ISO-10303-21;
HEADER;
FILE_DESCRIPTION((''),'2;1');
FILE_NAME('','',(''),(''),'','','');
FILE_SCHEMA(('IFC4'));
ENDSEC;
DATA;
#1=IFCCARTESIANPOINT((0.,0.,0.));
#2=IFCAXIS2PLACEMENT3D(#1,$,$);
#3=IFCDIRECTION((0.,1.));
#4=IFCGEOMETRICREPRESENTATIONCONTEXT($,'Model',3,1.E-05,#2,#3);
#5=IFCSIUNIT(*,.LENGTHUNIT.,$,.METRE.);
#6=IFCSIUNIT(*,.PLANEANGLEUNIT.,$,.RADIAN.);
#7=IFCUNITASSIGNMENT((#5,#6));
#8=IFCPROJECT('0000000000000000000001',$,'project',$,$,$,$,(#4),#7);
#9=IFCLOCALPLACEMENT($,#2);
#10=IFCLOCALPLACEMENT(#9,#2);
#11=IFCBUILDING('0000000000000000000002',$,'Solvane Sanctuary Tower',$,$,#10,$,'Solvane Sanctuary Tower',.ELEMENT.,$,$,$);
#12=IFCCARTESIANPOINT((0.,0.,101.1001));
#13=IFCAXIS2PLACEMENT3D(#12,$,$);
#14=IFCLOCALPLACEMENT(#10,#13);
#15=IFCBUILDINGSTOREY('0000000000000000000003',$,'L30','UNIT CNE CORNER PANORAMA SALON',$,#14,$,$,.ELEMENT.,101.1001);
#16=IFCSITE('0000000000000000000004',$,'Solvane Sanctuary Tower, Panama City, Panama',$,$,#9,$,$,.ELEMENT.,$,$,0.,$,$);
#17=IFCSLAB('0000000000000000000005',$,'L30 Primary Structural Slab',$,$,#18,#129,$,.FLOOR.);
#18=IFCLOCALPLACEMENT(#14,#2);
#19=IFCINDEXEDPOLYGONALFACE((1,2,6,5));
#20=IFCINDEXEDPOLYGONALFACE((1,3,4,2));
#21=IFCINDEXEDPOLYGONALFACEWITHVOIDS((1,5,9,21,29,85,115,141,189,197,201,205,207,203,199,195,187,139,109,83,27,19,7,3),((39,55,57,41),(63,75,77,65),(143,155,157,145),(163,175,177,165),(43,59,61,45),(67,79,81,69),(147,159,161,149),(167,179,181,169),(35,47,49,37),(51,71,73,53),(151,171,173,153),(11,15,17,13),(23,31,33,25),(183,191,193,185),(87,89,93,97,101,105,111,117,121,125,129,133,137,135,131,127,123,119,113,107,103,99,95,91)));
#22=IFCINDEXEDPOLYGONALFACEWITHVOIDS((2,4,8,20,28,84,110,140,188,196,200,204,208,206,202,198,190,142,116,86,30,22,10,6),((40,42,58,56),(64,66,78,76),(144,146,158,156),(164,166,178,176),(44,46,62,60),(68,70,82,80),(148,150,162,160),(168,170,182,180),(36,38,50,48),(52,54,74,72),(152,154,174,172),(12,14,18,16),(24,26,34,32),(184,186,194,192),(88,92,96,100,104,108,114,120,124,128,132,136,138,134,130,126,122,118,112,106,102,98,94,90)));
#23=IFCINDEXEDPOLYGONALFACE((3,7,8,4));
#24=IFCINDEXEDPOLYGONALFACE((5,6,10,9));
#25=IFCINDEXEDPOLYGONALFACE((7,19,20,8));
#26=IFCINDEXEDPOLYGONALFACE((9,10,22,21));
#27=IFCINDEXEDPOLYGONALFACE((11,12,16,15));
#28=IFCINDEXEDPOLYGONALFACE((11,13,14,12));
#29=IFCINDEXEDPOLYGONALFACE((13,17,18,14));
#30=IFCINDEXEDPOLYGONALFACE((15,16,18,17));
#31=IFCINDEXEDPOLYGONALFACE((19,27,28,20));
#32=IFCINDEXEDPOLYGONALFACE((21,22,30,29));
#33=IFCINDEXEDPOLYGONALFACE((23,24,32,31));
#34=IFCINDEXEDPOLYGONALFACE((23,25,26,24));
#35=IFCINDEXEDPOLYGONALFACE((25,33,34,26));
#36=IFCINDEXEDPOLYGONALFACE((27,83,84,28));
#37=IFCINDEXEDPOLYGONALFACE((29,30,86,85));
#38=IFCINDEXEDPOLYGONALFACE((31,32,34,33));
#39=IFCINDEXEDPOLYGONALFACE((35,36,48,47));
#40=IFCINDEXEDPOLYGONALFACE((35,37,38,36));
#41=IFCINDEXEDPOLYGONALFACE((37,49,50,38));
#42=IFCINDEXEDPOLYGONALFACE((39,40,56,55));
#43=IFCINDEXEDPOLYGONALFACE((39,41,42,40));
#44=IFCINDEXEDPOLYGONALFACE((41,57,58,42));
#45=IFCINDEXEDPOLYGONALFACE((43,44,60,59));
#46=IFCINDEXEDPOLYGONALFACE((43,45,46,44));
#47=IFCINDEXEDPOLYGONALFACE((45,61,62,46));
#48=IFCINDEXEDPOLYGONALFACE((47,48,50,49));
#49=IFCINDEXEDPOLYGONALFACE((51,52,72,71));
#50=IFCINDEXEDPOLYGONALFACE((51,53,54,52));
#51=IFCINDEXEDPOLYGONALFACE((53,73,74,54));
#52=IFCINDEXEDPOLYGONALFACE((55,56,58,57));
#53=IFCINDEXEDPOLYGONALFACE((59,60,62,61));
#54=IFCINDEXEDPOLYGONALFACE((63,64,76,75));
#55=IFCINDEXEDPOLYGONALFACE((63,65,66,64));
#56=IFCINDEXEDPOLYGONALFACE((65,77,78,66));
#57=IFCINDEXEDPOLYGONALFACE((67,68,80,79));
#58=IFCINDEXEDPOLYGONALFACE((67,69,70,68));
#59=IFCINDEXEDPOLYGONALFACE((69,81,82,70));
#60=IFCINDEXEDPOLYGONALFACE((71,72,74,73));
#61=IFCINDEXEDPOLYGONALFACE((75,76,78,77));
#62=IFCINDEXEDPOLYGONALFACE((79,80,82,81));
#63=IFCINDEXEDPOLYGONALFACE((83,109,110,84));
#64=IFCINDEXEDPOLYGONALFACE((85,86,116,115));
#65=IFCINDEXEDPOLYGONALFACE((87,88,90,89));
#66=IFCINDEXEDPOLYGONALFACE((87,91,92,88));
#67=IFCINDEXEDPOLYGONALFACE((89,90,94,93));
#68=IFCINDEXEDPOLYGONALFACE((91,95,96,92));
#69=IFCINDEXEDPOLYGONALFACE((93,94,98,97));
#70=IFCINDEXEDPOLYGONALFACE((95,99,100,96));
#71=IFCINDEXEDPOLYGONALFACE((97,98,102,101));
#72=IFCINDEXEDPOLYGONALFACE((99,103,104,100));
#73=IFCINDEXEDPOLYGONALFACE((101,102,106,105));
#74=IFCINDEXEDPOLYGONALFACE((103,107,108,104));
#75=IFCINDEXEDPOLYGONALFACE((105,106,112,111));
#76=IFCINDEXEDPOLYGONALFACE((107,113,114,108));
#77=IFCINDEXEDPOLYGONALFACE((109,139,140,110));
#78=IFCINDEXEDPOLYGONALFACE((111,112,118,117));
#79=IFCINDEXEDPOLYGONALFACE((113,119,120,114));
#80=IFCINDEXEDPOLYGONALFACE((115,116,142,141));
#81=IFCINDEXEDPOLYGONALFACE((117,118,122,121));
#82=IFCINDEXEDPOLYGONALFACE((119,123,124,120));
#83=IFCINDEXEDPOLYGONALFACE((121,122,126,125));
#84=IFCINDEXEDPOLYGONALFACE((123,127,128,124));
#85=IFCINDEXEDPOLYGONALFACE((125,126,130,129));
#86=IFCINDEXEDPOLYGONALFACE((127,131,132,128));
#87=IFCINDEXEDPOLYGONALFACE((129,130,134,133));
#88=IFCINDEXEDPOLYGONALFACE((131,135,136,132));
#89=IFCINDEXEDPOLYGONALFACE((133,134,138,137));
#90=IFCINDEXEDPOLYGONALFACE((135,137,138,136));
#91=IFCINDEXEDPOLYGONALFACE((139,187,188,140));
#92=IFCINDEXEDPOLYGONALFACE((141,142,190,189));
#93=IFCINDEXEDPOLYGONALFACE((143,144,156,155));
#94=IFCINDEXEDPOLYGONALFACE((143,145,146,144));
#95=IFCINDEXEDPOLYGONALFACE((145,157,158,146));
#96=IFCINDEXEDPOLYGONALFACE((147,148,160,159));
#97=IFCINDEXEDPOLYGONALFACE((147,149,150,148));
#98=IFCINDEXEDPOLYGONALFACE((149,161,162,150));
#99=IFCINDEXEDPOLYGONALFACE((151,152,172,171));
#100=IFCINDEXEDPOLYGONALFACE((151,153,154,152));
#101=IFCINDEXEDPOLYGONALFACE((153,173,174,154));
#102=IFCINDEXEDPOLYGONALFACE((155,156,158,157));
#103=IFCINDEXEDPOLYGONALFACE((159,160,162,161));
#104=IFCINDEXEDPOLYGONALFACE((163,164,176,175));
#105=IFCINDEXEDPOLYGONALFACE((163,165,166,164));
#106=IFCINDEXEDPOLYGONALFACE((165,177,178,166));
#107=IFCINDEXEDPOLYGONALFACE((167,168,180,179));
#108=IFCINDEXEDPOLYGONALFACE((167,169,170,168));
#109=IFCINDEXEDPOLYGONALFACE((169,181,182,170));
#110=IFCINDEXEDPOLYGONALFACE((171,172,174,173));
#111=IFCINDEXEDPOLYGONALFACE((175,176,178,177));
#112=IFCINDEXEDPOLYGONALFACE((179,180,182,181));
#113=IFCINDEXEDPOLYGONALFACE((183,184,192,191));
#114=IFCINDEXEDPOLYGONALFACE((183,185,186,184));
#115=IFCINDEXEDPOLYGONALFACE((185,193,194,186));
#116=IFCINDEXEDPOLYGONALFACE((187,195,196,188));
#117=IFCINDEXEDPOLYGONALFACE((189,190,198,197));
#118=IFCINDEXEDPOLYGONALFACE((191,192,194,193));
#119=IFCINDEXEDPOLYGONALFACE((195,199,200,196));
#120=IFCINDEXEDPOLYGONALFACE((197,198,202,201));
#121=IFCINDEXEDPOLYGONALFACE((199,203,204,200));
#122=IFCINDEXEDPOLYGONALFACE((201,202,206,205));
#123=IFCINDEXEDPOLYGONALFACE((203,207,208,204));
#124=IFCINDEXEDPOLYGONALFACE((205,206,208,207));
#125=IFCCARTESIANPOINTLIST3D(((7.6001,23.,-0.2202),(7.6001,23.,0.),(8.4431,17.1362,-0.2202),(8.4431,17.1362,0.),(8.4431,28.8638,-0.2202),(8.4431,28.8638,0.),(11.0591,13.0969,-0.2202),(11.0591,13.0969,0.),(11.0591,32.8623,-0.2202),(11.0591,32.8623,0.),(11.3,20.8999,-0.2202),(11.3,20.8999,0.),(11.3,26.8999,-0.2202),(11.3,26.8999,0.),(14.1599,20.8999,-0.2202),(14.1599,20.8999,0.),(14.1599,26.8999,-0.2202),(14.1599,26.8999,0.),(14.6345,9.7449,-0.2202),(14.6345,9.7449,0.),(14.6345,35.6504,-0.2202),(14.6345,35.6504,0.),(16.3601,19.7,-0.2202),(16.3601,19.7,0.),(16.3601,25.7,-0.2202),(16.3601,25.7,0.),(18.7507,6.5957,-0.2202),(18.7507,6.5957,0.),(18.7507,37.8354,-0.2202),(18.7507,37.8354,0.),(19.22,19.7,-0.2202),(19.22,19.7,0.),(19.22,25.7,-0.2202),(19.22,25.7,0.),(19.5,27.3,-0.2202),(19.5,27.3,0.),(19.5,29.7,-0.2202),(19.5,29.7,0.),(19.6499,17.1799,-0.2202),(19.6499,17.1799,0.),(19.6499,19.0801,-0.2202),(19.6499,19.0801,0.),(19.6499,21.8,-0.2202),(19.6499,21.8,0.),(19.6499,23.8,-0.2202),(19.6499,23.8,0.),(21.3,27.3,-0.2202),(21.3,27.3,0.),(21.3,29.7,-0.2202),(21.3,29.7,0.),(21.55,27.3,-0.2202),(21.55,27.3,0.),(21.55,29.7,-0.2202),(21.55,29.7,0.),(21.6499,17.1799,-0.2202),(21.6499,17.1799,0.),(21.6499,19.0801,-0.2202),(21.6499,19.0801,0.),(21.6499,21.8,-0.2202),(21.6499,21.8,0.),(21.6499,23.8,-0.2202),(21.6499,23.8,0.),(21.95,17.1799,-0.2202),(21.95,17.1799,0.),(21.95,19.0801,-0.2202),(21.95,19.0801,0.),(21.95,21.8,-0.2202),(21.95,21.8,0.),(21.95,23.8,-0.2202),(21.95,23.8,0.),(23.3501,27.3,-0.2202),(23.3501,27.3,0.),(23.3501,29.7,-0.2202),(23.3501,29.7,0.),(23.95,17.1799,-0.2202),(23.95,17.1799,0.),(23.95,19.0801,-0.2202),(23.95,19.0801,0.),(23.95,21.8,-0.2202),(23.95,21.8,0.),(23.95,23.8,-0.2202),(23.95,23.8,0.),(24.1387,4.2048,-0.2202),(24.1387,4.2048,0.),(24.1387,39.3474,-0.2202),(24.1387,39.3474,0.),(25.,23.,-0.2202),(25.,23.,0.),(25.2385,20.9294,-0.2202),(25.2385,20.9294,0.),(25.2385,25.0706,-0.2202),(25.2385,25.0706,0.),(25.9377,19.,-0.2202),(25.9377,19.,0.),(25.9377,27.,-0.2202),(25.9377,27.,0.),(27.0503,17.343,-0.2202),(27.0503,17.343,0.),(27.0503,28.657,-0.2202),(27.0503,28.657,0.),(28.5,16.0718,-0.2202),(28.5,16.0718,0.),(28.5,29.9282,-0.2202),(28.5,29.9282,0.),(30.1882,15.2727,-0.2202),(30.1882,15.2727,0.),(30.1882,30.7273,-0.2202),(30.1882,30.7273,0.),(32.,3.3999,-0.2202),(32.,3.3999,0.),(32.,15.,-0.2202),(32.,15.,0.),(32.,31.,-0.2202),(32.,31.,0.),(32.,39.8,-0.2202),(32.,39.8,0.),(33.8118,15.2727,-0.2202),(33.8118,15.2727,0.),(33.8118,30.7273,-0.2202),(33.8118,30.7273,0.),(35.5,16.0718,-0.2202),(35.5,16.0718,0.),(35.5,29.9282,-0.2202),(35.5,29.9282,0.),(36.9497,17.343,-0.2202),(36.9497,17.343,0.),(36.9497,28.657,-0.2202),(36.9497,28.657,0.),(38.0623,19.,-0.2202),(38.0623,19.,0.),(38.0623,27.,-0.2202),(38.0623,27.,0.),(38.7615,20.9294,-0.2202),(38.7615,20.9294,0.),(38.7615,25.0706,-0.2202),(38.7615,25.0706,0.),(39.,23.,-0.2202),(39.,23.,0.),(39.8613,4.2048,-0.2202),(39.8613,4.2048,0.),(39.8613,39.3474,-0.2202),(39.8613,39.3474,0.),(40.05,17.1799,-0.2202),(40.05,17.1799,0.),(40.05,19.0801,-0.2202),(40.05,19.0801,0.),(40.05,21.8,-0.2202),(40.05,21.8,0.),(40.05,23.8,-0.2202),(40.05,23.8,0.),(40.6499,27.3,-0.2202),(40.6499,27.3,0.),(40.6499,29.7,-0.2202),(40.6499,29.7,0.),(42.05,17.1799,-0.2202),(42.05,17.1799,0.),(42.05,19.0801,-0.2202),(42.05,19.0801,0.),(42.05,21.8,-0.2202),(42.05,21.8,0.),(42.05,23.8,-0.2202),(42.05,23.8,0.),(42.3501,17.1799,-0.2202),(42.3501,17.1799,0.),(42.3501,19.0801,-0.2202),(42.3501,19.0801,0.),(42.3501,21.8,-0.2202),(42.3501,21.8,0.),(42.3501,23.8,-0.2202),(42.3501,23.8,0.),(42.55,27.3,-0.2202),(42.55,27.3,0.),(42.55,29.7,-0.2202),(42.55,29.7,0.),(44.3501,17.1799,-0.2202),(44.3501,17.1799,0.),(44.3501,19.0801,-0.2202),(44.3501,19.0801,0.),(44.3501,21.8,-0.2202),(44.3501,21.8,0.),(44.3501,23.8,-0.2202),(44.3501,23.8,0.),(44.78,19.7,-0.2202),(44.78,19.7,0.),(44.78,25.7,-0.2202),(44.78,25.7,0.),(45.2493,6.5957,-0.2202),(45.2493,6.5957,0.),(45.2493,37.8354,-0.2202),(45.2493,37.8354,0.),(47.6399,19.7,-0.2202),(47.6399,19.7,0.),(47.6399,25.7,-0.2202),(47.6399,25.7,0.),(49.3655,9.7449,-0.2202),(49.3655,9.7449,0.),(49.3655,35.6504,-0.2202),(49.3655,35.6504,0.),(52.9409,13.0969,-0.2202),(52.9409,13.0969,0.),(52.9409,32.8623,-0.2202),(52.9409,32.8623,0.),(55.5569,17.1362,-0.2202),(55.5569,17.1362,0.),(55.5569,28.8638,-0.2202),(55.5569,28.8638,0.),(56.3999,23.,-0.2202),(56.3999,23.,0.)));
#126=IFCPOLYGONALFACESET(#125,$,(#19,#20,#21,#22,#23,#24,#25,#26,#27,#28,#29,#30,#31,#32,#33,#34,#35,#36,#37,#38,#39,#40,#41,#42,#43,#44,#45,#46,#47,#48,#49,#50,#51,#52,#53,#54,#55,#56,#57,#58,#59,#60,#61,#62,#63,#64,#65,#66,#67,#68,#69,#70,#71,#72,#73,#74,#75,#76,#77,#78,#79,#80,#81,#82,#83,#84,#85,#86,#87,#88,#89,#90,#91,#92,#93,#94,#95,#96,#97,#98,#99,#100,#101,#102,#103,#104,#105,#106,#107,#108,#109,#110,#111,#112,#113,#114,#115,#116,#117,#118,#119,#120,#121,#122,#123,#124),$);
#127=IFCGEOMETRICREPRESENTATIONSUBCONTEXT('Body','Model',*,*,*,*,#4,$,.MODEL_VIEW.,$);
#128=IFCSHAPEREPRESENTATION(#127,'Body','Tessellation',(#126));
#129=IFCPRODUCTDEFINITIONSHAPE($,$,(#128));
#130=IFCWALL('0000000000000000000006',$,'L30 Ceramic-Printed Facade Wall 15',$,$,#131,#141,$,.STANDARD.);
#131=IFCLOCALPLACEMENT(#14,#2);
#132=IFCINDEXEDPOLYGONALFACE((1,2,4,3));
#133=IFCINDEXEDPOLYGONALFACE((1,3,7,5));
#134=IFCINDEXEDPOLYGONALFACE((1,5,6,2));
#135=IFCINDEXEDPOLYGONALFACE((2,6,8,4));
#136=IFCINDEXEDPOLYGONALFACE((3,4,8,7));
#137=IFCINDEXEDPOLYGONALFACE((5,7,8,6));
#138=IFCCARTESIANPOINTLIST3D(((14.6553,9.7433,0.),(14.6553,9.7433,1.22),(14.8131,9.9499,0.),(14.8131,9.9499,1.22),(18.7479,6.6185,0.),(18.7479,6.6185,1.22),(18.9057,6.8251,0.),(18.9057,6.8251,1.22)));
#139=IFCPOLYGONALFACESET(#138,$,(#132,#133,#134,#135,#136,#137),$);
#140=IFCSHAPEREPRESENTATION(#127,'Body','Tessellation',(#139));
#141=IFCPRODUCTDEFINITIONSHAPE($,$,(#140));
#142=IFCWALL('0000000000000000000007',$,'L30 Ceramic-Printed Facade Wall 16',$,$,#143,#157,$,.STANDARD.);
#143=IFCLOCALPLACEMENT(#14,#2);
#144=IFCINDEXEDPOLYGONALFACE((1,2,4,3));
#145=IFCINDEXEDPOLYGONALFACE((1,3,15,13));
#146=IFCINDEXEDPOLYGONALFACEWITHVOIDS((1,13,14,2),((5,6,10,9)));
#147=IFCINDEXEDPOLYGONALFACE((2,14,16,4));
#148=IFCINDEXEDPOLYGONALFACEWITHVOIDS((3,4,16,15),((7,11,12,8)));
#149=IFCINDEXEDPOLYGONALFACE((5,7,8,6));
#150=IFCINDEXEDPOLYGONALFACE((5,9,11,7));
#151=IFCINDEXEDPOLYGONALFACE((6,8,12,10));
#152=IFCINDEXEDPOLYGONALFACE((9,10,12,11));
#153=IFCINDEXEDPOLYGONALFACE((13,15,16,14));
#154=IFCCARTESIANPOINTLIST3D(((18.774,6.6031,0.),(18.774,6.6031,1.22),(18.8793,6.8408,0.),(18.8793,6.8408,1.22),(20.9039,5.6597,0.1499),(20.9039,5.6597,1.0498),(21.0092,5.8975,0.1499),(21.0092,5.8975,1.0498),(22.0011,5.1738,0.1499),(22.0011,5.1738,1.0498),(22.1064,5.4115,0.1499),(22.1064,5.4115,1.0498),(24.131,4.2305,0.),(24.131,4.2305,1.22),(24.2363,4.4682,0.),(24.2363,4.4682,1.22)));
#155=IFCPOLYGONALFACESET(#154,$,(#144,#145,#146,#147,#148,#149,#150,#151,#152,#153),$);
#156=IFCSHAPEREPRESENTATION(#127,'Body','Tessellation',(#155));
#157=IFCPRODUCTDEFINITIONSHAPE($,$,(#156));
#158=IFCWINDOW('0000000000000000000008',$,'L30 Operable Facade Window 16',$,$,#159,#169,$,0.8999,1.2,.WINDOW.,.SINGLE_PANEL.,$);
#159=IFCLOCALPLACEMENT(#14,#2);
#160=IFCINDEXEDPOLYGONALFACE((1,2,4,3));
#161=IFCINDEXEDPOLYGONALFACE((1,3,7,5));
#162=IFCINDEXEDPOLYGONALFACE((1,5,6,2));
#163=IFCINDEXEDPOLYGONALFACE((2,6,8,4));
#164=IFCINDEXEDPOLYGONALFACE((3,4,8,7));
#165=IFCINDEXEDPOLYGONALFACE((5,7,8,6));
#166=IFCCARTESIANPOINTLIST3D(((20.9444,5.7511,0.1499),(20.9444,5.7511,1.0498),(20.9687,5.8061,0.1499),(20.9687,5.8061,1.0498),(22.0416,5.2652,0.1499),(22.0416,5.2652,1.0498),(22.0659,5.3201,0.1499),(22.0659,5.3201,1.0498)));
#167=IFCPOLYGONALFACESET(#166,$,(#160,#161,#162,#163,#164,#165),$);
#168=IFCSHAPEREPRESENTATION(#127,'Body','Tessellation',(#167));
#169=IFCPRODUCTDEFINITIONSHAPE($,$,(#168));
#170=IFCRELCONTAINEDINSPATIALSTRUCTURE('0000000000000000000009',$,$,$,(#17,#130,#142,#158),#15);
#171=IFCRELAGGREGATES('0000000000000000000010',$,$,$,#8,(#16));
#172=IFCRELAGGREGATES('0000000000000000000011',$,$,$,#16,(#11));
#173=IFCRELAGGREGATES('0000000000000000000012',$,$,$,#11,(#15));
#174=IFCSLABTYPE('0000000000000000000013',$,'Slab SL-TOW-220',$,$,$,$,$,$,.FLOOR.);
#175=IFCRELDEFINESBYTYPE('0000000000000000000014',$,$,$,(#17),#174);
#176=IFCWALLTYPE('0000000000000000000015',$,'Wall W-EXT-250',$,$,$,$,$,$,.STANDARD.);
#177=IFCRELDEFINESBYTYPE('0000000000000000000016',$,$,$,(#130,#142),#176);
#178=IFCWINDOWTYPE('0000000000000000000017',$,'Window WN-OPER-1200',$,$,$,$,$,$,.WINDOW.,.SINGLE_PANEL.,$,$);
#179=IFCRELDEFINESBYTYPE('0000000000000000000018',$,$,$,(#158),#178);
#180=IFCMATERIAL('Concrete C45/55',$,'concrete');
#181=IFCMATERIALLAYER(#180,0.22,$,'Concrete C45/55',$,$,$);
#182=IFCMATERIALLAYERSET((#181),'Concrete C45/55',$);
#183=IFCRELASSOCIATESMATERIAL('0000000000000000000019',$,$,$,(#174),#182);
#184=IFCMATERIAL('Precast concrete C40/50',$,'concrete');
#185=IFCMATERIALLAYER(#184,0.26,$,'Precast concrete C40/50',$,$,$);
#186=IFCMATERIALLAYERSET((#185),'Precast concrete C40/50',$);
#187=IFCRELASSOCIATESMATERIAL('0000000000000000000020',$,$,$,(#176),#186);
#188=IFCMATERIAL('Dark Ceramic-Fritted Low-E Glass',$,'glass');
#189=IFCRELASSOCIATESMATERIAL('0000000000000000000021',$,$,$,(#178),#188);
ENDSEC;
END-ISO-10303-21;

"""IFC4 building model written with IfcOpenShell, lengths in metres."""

from ifc_helpers import new_model, si_unit, direction, frame, frame_2d, origin, place, context, subcontext, project, spatial, polyline, rectangle, outline, extrude, material, layer, layer_set, type_object, element, fill, save


model = new_model("IFC4")

# Units and contexts
model_context = context("Model", 3, precision=1e-05, world=origin(), true_north=direction((0.0, 1.0)))
body_context = subcontext(model_context, "Body", "Model", "MODEL_VIEW")
ifc_project = project(units=[si_unit("LENGTHUNIT", "METRE"), si_unit("PLANEANGLEUNIT", "RADIAN")], contexts=[model_context])

# Site, building, storey
site_placement = place(None, origin())
site = spatial("IfcSite", under=ifc_project, at=site_placement, Name="Solvane Sanctuary Tower, Panama City, Panama", CompositionType="ELEMENT", RefElevation=0.0)
building_placement = place(site_placement, origin())
building = spatial("IfcBuilding", under=site, at=building_placement, Name="Solvane Sanctuary Tower", LongName="Solvane Sanctuary Tower", CompositionType="ELEMENT")
storey_placement = place(building_placement, frame((0.0, 0.0, 101.1001)))
storey = spatial("IfcBuildingStorey", under=building, at=storey_placement, Name="L30", Description="UNIT CNE CORNER PANORAMA SALON", CompositionType="ELEMENT", Elevation=101.1001)

# Shared definitions
ifc_material_1 = material(Name="Concrete C45/55", Category="concrete")

# Slab
ifc_layer_1 = layer(ifc_material_1, 0.22, Name="Concrete C45/55")
ifc_layer_set_1 = layer_set([ifc_layer_1], Name="Concrete C45/55")
slab_type_1 = type_object("IfcSlabType", Name="Slab SL-TOW-220", PredefinedType="FLOOR", material=ifc_layer_set_1)
slab_1_placement = place(storey_placement, frame((0.0, 0.0, -0.2202)))
element("IfcSlab", 1, at=slab_1_placement, inside=storey, type_object=slab_type_1, Name="L30 Primary Structural Slab", PredefinedType="FLOOR", context=body_context, shape_type="SweptSolid", body=[
    extrude(outline(polyline([(56.3999, 23.0), (55.5569, 28.8638), (52.9409, 32.8623), (49.3655, 35.6504), (45.2493, 37.8354), (39.8613, 39.3474), (32.0, 39.8), (24.1387, 39.3474), (18.7507, 37.8354), (14.6345, 35.6504), (11.0591, 32.8623), (8.4431, 28.8638), (7.6001, 23.0), (8.4431, 17.1362), (11.0591, 13.0969), (14.6345, 9.7449), (18.7507, 6.5957), (24.1387, 4.2048), (32.0, 3.3999), (39.8613, 4.2048), (45.2493, 6.5957), (49.3655, 9.7449), (52.9409, 13.0969), (55.5569, 17.1362), (56.3999, 23.0)]), holes=[polyline([(38.7615, 20.9294), (38.0623, 19.0), (36.9497, 17.343), (35.5, 16.0718), (33.8118, 15.2727), (32.0, 15.0), (30.1882, 15.2727), (28.5, 16.0718), (27.0503, 17.343), (25.9377, 19.0), (25.2385, 20.9294), (25.0, 23.0), (25.2385, 25.0706), (25.9377, 27.0), (27.0503, 28.657), (28.5, 29.9282), (30.1882, 30.7273), (32.0, 31.0), (33.8118, 30.7273), (35.5, 29.9282), (36.9497, 28.657), (38.0623, 27.0), (38.7615, 25.0706), (39.0, 23.0), (38.7615, 20.9294)]), polyline([(16.3601, 19.7), (16.3601, 25.7), (19.22, 25.7), (19.22, 19.7), (16.3601, 19.7)]), polyline([(44.78, 19.7), (44.78, 25.7), (47.6399, 25.7), (47.6399, 19.7), (44.78, 19.7)]), polyline([(11.3, 20.8999), (11.3, 26.8999), (14.1599, 26.8999), (14.1599, 20.8999), (11.3, 20.8999)]), polyline([(19.6499, 19.0801), (21.6499, 19.0801), (21.6499, 17.1799), (19.6499, 17.1799), (19.6499, 19.0801)]), polyline([(21.95, 19.0801), (23.95, 19.0801), (23.95, 17.1799), (21.95, 17.1799), (21.95, 19.0801)]), polyline([(40.05, 19.0801), (42.05, 19.0801), (42.05, 17.1799), (40.05, 17.1799), (40.05, 19.0801)]), polyline([(42.3501, 19.0801), (44.3501, 19.0801), (44.3501, 17.1799), (42.3501, 17.1799), (42.3501, 19.0801)]), polyline([(19.6499, 23.8), (21.6499, 23.8), (21.6499, 21.8), (19.6499, 21.8), (19.6499, 23.8)]), polyline([(42.3501, 23.8), (44.3501, 23.8), (44.3501, 21.8), (42.3501, 21.8), (42.3501, 23.8)]), polyline([(21.95, 23.8), (23.95, 23.8), (23.95, 21.8), (21.95, 21.8), (21.95, 23.8)]), polyline([(40.05, 23.8), (42.05, 23.8), (42.05, 21.8), (40.05, 21.8), (40.05, 23.8)]), polyline([(19.5, 29.7), (21.3, 29.7), (21.3, 27.3), (19.5, 27.3), (19.5, 29.7)]), polyline([(21.55, 29.7), (23.3501, 29.7), (23.3501, 27.3), (21.55, 27.3), (21.55, 29.7)]), polyline([(40.6499, 29.7), (42.55, 29.7), (42.55, 27.3), (40.6499, 27.3), (40.6499, 29.7)])]), origin(), (0.0, 0.0, 1.0), 0.2202),
])

# Wall
ifc_material_2 = material(Name="Precast concrete C40/50", Category="concrete")
ifc_layer_2 = layer(ifc_material_2, 0.26, Name="Precast concrete C40/50")
ifc_layer_set_2 = layer_set([ifc_layer_2], Name="Precast concrete C40/50")
wall_type = type_object("IfcWallType", Name="Wall W-EXT-250", PredefinedType="STANDARD", material=ifc_layer_set_2)
wall_1_placement = place(storey_placement, frame((14.7341, 9.8467, 0.0), z_axis=(0.0, 0.0, 1.0), x_axis=(0.79481, -0.606859, 0.0)))
element("IfcWall", 2, at=wall_1_placement, inside=storey, type_object=wall_type, Name="L30 Ceramic-Printed Facade Wall 15", PredefinedType="STANDARD", context=body_context, shape_type="SweptSolid", body=[
    extrude(rectangle(XDim=5.1492, YDim=0.26, at=frame_2d((2.5747, 0.0))), origin(), (0.0, 0.0, 1.0), 1.22),
])

# Wall, opening, window
wall_2_placement = place(storey_placement, frame((18.8267, 6.7219, 0.0), z_axis=(0.0, 0.0, 1.0), x_axis=(0.914337, -0.404955, 0.0)))
wall_2 = element("IfcWall", 3, at=wall_2_placement, inside=storey, type_object=wall_type, Name="L30 Ceramic-Printed Facade Wall 16", PredefinedType="STANDARD", context=body_context, shape_type="SweptSolid", body=[
    extrude(rectangle(XDim=5.8589, YDim=0.26, at=frame_2d((2.9294, 0.0))), origin(), (0.0, 0.0, 1.0), 1.22),
])
opening_placement = place(wall_2_placement, frame((2.3293, 0.0, 0.1499)))
opening = element("IfcOpeningElement", 4, at=opening_placement, cuts=wall_2, PredefinedType="OPENING", context=body_context, shape_type="SweptSolid", body=[
    extrude(rectangle(XDim=1.2, YDim=0.8999, at=frame_2d((0.6001, 0.45))), frame((0.0, 0.1399, 0.0), z_axis=(0.0, -1.0, 0.0), x_axis=(1.0, 0.0, 0.0)), (0.0, 0.0, 1.0), 0.28),
])
ifc_material_3 = material(Name="Dark Ceramic-Fritted Low-E Glass", Category="glass")
window_type = type_object("IfcWindowType", Name="Window WN-OPER-1200", PartitioningType="SINGLE_PANEL", PredefinedType="WINDOW", material=ifc_material_3)
window_placement = place(opening_placement, origin())
window = element("IfcWindow", 5, at=window_placement, inside=storey, type_object=window_type, Name="L30 Operable Facade Window 16", OverallHeight=0.8999, OverallWidth=1.2, PartitioningType="SINGLE_PANEL", PredefinedType="WINDOW", context=body_context, shape_type="SweptSolid", body=[
    extrude(rectangle(XDim=1.2, YDim=0.8999, at=frame_2d((0.6001, 0.45))), frame((0.0, 0.03, 0.0), z_axis=(0.0, -1.0, 0.0), x_axis=(1.0, 0.0, 0.0)), (0.0, 0.0, 1.0), 0.0601),
])
fill(opening, window)

save(model, "model.ifc")
